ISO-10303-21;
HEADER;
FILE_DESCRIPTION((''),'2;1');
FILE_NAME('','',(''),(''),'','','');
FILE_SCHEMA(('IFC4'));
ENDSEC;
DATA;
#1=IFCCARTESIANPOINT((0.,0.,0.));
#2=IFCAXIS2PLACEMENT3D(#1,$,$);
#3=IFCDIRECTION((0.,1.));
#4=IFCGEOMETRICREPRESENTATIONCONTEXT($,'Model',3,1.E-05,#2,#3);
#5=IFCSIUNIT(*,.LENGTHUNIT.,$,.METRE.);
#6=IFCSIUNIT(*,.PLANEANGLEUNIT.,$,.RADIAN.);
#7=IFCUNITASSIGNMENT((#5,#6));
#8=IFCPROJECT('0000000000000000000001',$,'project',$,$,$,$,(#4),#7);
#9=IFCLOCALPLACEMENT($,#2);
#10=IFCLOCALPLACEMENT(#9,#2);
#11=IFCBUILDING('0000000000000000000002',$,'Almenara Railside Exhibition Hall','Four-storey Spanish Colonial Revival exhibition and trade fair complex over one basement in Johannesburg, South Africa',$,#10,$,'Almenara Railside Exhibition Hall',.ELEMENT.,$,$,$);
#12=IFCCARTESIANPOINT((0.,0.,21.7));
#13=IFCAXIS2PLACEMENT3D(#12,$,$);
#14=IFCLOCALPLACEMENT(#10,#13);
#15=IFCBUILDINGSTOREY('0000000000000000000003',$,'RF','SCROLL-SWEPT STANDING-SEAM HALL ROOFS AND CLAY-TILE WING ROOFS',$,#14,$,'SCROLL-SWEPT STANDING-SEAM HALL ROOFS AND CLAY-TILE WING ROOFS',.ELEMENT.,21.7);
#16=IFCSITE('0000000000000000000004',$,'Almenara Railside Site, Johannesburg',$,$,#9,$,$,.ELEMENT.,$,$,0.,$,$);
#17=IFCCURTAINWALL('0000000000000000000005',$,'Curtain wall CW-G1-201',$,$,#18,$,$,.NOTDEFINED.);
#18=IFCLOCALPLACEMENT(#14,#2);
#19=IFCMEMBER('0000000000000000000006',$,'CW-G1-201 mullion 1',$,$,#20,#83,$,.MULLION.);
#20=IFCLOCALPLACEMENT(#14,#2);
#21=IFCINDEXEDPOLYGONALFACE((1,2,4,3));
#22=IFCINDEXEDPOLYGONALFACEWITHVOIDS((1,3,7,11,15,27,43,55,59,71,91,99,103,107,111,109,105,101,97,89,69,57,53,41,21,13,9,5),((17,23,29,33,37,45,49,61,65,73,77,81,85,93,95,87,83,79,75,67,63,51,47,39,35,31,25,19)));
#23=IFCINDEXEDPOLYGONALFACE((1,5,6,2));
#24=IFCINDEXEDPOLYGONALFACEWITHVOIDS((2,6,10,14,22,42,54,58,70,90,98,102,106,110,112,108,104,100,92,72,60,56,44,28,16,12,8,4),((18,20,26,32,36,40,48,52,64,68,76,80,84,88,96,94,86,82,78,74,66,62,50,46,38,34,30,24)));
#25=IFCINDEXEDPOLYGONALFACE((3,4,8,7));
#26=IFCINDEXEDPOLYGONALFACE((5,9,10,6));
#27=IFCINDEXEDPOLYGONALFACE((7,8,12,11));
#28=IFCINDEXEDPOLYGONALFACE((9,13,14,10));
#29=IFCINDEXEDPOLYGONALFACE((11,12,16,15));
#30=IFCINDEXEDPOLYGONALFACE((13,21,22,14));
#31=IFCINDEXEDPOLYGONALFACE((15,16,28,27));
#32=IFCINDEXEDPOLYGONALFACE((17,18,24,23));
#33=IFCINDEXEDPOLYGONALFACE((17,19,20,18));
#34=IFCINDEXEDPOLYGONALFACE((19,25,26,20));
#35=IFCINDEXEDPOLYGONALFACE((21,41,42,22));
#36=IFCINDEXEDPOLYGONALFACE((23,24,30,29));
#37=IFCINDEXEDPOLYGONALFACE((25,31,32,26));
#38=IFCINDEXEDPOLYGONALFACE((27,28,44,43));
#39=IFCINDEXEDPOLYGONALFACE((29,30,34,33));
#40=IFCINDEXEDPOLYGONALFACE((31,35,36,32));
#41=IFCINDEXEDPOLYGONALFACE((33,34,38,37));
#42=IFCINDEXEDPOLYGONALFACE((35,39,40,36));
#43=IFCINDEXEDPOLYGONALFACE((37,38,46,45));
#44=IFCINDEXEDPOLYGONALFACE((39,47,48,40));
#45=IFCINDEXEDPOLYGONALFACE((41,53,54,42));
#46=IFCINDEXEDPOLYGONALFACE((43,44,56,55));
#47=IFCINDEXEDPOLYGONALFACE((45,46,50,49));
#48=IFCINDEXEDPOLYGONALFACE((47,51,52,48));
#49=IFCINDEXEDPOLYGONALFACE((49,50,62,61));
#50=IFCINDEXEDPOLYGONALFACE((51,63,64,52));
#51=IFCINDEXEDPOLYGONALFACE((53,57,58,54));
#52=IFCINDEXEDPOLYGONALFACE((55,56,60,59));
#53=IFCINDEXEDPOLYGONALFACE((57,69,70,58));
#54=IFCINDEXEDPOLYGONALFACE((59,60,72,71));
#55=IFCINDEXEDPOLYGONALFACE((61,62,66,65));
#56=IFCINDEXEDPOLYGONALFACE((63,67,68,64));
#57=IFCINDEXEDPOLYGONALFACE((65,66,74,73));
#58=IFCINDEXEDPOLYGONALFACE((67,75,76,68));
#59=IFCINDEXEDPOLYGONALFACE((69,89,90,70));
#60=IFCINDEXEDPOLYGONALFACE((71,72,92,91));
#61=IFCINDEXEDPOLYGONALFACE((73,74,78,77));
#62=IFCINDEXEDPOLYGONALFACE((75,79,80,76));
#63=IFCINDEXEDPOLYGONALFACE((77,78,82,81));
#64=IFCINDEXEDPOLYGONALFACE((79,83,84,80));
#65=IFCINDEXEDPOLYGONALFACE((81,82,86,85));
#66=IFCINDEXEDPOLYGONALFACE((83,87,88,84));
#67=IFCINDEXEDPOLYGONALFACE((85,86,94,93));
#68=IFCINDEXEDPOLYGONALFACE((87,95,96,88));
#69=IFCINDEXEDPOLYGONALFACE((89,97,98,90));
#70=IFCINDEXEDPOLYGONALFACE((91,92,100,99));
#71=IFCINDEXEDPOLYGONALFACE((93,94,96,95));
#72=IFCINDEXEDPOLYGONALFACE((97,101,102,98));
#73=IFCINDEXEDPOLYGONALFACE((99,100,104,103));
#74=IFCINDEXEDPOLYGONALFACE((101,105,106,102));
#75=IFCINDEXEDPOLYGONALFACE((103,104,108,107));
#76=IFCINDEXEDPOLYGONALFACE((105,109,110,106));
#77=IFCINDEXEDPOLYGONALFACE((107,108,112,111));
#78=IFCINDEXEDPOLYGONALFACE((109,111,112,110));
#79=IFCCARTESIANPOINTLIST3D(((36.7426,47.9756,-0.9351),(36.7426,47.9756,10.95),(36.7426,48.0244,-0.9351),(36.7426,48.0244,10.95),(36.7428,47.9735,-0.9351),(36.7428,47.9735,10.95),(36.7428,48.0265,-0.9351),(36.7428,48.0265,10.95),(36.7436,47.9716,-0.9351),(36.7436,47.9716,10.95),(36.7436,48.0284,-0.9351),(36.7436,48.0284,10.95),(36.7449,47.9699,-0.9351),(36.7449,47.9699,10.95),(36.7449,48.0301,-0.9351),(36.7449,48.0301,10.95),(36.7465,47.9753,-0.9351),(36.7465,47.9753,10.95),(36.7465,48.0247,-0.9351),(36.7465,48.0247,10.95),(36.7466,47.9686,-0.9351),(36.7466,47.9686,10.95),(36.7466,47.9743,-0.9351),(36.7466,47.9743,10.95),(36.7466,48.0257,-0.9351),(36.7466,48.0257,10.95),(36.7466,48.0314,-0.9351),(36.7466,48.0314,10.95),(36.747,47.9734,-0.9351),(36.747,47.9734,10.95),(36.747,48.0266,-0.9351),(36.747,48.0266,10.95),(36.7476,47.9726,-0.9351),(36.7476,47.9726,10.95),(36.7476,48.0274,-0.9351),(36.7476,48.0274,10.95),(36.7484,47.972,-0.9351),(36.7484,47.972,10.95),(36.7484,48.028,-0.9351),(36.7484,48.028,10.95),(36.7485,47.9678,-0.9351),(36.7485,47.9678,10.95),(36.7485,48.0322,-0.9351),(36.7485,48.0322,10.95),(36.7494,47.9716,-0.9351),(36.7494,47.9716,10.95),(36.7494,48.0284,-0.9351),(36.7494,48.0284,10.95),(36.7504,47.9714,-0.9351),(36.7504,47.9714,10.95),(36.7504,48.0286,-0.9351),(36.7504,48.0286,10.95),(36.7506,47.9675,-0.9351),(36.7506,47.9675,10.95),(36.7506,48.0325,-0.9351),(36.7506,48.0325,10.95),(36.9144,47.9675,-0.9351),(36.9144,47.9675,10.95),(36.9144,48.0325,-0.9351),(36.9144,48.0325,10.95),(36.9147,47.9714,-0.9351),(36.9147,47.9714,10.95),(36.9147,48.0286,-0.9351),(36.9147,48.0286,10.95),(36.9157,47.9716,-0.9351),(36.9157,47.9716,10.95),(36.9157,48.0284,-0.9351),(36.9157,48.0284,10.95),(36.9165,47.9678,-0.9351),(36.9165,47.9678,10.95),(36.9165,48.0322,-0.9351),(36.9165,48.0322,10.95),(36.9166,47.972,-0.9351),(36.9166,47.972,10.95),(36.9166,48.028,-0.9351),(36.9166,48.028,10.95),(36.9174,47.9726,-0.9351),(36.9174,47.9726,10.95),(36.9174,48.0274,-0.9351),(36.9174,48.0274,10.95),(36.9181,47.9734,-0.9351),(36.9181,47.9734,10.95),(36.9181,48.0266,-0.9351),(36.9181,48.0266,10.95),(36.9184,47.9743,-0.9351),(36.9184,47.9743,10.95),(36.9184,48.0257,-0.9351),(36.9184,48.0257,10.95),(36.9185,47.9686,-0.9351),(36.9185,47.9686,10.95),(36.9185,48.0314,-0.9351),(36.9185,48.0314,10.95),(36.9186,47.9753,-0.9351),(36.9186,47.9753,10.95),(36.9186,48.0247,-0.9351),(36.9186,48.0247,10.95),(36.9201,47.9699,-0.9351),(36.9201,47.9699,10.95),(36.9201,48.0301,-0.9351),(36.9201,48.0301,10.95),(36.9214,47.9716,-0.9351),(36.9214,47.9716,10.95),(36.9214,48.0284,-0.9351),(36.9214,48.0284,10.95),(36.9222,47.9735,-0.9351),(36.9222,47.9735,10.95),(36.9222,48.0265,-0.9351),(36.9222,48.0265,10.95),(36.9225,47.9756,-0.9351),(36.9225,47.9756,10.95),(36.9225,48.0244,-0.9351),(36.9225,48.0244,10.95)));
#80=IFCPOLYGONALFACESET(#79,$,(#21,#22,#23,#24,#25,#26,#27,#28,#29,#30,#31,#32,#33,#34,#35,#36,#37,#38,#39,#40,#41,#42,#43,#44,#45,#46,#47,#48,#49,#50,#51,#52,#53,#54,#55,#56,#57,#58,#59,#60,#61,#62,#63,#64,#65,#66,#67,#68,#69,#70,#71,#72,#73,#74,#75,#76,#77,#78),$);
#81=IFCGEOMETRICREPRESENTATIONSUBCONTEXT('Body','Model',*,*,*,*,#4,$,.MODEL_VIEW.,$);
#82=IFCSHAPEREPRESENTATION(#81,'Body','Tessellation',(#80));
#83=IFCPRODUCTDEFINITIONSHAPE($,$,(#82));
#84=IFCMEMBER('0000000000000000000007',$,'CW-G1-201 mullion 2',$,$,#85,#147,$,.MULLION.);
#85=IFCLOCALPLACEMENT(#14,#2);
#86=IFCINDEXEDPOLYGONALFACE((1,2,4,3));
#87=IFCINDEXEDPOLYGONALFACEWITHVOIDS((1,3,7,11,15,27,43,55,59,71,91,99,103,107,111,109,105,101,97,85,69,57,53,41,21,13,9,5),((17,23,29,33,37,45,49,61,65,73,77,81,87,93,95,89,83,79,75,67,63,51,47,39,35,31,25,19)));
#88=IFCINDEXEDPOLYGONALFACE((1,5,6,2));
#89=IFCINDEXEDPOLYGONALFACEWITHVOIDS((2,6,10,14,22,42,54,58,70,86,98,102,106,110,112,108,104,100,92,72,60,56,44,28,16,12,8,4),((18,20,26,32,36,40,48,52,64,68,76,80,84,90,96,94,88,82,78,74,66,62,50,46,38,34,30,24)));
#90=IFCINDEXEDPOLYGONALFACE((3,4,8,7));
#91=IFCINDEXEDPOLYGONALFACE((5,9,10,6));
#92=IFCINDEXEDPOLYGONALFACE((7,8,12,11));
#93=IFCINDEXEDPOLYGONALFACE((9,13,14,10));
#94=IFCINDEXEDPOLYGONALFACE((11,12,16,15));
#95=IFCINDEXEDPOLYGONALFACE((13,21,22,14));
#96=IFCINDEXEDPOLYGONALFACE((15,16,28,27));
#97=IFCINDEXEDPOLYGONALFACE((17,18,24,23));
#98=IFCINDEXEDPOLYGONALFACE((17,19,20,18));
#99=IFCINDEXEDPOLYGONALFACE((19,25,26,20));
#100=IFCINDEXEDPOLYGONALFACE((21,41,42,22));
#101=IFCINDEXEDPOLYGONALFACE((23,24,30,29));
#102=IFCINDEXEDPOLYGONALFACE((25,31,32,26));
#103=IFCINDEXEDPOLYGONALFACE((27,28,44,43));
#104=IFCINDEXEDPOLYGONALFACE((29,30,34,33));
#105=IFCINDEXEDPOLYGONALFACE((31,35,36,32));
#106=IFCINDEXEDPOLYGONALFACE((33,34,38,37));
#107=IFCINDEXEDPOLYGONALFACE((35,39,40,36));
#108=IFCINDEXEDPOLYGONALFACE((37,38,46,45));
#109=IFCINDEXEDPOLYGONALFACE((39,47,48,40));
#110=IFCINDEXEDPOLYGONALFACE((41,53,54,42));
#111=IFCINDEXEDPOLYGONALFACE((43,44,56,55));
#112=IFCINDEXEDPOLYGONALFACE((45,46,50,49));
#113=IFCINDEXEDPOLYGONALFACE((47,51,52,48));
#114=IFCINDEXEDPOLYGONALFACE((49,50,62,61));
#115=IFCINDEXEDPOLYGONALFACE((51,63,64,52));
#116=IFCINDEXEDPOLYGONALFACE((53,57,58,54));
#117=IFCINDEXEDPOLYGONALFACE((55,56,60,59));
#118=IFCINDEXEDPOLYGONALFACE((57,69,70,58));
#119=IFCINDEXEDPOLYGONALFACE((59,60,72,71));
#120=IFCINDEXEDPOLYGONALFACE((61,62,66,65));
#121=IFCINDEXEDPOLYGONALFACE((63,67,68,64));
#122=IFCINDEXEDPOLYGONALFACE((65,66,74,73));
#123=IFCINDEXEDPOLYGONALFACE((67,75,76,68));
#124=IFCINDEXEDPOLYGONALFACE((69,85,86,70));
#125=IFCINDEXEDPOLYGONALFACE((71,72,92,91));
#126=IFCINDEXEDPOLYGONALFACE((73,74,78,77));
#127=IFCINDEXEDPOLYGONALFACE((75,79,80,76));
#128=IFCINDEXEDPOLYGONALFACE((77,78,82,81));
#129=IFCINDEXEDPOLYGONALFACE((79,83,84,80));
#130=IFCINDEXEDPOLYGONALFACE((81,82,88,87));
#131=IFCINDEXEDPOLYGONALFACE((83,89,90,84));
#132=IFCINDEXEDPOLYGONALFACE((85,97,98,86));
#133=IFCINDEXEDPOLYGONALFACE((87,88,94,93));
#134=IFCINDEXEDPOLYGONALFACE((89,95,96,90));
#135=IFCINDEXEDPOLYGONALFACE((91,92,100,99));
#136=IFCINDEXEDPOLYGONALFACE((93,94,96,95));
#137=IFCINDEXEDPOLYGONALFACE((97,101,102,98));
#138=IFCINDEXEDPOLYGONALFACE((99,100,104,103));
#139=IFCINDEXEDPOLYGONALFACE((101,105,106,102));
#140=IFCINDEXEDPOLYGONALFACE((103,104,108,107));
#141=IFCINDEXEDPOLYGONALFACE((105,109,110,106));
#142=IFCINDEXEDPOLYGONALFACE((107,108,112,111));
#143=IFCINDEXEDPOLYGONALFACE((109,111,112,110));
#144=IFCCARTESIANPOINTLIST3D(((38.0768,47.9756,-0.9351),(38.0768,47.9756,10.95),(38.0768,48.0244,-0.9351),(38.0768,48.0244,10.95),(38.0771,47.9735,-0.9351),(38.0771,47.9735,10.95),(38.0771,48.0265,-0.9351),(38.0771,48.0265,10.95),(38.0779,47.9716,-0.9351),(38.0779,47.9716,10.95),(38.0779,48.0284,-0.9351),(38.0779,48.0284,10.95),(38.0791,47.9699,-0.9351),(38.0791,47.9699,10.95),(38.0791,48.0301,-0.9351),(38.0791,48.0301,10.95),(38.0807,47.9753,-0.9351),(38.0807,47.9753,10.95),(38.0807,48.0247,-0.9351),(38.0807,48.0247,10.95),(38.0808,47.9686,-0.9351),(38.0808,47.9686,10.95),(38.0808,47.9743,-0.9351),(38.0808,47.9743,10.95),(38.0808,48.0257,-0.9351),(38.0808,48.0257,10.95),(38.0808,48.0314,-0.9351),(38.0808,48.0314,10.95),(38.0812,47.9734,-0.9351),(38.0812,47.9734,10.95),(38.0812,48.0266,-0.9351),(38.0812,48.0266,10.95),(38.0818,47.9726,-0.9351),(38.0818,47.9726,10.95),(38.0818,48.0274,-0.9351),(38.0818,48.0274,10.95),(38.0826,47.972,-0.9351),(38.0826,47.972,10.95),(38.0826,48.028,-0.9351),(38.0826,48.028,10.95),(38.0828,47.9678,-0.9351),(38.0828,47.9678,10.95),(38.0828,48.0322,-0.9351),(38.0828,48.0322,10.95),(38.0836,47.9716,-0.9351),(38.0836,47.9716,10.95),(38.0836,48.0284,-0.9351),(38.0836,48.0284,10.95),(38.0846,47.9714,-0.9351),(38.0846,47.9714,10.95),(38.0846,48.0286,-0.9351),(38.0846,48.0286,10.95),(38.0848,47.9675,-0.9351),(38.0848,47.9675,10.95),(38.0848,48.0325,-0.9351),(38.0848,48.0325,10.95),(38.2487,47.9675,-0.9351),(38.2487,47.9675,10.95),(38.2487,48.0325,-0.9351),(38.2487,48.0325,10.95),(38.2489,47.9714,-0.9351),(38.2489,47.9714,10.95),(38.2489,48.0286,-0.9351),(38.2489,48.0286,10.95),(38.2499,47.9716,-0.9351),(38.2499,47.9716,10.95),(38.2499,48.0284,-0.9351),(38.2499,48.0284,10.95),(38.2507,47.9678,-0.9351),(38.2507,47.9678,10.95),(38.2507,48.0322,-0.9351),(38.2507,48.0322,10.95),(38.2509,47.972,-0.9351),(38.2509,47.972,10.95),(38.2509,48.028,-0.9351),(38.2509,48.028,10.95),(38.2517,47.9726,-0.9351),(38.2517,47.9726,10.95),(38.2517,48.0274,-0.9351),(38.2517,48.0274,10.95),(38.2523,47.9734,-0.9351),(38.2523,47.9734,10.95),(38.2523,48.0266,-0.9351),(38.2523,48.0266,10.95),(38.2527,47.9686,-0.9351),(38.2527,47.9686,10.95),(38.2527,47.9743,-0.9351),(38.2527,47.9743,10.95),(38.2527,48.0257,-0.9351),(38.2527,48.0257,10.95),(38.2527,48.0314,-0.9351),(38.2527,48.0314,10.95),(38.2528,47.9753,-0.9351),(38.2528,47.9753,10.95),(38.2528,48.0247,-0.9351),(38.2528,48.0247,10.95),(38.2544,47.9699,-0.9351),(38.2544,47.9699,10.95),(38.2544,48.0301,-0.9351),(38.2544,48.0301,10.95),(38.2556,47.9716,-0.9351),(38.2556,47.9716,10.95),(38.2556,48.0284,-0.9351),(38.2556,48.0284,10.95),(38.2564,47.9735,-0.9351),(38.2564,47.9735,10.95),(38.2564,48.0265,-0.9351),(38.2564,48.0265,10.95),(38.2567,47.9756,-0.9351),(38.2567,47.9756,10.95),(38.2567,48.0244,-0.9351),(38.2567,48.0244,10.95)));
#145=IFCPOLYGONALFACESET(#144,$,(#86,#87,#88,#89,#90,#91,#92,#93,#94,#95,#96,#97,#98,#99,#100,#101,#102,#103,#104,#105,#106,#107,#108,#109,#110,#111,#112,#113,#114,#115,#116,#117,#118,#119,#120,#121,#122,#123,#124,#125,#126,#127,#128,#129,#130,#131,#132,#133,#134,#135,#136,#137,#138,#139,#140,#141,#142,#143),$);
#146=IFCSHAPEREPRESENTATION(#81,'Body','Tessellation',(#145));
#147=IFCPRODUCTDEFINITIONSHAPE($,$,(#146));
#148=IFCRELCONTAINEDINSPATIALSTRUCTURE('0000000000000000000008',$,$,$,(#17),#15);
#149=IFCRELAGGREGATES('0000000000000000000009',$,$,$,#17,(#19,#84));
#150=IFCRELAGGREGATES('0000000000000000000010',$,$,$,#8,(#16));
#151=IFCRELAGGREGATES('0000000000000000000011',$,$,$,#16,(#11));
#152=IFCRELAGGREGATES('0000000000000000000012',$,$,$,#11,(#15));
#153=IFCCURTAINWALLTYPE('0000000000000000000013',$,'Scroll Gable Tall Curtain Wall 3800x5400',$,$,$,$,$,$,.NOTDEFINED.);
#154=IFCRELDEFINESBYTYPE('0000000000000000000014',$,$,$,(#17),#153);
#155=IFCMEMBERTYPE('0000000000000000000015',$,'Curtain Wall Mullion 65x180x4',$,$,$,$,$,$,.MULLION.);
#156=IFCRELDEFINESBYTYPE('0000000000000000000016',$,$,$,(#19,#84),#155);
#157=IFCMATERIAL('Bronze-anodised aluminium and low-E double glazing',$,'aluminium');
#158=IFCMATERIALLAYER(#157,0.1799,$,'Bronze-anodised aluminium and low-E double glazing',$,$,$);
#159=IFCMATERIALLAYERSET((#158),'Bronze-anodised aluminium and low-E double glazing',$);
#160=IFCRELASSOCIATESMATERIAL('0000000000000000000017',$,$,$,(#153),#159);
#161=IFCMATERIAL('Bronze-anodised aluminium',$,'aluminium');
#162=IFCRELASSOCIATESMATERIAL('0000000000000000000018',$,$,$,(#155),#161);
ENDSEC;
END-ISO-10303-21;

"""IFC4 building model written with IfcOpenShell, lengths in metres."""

from ifc_helpers import new_model, si_unit, direction, frame, origin, origin_2d, place, context, subcontext, project, spatial, hollow_rectangle, extrude, material, layer, layer_set, material_profile, profile_set, type_object, element, aggregate, save


model = new_model("IFC4")

# Units and contexts
model_context = context("Model", 3, precision=1e-05, world=origin(), true_north=direction((0.0, 1.0)))
body_context = subcontext(model_context, "Body", "Model", "MODEL_VIEW")
ifc_project = project(units=[si_unit("LENGTHUNIT", "METRE"), si_unit("PLANEANGLEUNIT", "RADIAN")], contexts=[model_context])

# Site, building, storey
site_placement = place(None, origin())
site = spatial("IfcSite", under=ifc_project, at=site_placement, Name="Almenara Railside Site, Johannesburg", CompositionType="ELEMENT", RefElevation=0.0)
building_placement = place(site_placement, origin())
building = spatial("IfcBuilding", under=site, at=building_placement, Name="Almenara Railside Exhibition Hall", Description="Four-storey Spanish Colonial Revival exhibition and trade fair complex over one basement in Johannesburg, South Africa", LongName="Almenara Railside Exhibition Hall", CompositionType="ELEMENT")
storey_placement = place(building_placement, frame((0.0, 0.0, 21.7)))
storey = spatial("IfcBuildingStorey", under=building, at=storey_placement, Name="RF", Description="SCROLL-SWEPT STANDING-SEAM HALL ROOFS AND CLAY-TILE WING ROOFS", LongName="SCROLL-SWEPT STANDING-SEAM HALL ROOFS AND CLAY-TILE WING ROOFS", CompositionType="ELEMENT", Elevation=21.7)

# Curtain wall, members
ifc_material_1 = material(Name="Bronze-anodised aluminium and low-E double glazing", Category="aluminium")
ifc_layer_1 = layer(ifc_material_1, 0.1799, Name="Bronze-anodised aluminium and low-E double glazing")
ifc_layer_set_1 = layer_set([ifc_layer_1], Name="Bronze-anodised aluminium and low-E double glazing")
curtain_wall_type = type_object("IfcCurtainWallType", Name="Scroll Gable Tall Curtain Wall 3800x5400", PredefinedType="NOTDEFINED", material=ifc_layer_set_1)
ifc_material_2 = material(Name="Bronze-anodised aluminium", Category="aluminium")
curtain_wall_1_placement = place(storey_placement, origin())
curtain_wall_1 = element("IfcCurtainWall", 1, at=curtain_wall_1_placement, inside=storey, type_object=curtain_wall_type, Name="Curtain wall CW-G1-201", PredefinedType="NOTDEFINED")
ifc_material_profile_1 = material_profile(ifc_material_2, hollow_rectangle(XDim=0.0649, YDim=0.1799, WallThickness=0.0039, InnerFilletRadius=0.0039, OuterFilletRadius=0.0081, at=origin_2d()), Name="ALU-MUL 65x180x4")
ifc_profile_set_1 = profile_set([ifc_material_profile_1], Name="Bronze-anodised aluminium")
member_type_1 = type_object("IfcMemberType", Name="Curtain Wall Mullion 65x180x4", PredefinedType="MULLION", material=ifc_profile_set_1)
member_1_placement = place(storey_placement, frame((36.8325, 48.0, -0.9351), z_axis=(0.0, 0.0, 1.0), x_axis=(0.0, 1.0, 0.0)))
member_1 = element("IfcMember", 2, at=member_1_placement, type_object=member_type_1, Name="CW-G1-201 mullion 1", PredefinedType="MULLION", context=body_context, shape_type="SweptSolid", body=[
    extrude(hollow_rectangle(XDim=0.0649, YDim=0.1799, WallThickness=0.0039, InnerFilletRadius=0.0039, OuterFilletRadius=0.0081, at=origin_2d()), origin(), (0.0, 0.0, 1.0), 11.885),
])
member_2_placement = place(storey_placement, frame((38.1667, 48.0, -0.9351), z_axis=(0.0, 0.0, 1.0), x_axis=(0.0, 1.0, 0.0)))
member_2 = element("IfcMember", 3, at=member_2_placement, type_object=member_type_1, Name="CW-G1-201 mullion 2", PredefinedType="MULLION", context=body_context, shape_type="SweptSolid", body=[
    extrude(hollow_rectangle(XDim=0.0649, YDim=0.1799, WallThickness=0.0039, InnerFilletRadius=0.0039, OuterFilletRadius=0.0081, at=origin_2d()), origin(), (0.0, 0.0, 1.0), 11.885),
])

aggregate(curtain_wall_1, [member_1, member_2])

save(model, "model.ifc")
